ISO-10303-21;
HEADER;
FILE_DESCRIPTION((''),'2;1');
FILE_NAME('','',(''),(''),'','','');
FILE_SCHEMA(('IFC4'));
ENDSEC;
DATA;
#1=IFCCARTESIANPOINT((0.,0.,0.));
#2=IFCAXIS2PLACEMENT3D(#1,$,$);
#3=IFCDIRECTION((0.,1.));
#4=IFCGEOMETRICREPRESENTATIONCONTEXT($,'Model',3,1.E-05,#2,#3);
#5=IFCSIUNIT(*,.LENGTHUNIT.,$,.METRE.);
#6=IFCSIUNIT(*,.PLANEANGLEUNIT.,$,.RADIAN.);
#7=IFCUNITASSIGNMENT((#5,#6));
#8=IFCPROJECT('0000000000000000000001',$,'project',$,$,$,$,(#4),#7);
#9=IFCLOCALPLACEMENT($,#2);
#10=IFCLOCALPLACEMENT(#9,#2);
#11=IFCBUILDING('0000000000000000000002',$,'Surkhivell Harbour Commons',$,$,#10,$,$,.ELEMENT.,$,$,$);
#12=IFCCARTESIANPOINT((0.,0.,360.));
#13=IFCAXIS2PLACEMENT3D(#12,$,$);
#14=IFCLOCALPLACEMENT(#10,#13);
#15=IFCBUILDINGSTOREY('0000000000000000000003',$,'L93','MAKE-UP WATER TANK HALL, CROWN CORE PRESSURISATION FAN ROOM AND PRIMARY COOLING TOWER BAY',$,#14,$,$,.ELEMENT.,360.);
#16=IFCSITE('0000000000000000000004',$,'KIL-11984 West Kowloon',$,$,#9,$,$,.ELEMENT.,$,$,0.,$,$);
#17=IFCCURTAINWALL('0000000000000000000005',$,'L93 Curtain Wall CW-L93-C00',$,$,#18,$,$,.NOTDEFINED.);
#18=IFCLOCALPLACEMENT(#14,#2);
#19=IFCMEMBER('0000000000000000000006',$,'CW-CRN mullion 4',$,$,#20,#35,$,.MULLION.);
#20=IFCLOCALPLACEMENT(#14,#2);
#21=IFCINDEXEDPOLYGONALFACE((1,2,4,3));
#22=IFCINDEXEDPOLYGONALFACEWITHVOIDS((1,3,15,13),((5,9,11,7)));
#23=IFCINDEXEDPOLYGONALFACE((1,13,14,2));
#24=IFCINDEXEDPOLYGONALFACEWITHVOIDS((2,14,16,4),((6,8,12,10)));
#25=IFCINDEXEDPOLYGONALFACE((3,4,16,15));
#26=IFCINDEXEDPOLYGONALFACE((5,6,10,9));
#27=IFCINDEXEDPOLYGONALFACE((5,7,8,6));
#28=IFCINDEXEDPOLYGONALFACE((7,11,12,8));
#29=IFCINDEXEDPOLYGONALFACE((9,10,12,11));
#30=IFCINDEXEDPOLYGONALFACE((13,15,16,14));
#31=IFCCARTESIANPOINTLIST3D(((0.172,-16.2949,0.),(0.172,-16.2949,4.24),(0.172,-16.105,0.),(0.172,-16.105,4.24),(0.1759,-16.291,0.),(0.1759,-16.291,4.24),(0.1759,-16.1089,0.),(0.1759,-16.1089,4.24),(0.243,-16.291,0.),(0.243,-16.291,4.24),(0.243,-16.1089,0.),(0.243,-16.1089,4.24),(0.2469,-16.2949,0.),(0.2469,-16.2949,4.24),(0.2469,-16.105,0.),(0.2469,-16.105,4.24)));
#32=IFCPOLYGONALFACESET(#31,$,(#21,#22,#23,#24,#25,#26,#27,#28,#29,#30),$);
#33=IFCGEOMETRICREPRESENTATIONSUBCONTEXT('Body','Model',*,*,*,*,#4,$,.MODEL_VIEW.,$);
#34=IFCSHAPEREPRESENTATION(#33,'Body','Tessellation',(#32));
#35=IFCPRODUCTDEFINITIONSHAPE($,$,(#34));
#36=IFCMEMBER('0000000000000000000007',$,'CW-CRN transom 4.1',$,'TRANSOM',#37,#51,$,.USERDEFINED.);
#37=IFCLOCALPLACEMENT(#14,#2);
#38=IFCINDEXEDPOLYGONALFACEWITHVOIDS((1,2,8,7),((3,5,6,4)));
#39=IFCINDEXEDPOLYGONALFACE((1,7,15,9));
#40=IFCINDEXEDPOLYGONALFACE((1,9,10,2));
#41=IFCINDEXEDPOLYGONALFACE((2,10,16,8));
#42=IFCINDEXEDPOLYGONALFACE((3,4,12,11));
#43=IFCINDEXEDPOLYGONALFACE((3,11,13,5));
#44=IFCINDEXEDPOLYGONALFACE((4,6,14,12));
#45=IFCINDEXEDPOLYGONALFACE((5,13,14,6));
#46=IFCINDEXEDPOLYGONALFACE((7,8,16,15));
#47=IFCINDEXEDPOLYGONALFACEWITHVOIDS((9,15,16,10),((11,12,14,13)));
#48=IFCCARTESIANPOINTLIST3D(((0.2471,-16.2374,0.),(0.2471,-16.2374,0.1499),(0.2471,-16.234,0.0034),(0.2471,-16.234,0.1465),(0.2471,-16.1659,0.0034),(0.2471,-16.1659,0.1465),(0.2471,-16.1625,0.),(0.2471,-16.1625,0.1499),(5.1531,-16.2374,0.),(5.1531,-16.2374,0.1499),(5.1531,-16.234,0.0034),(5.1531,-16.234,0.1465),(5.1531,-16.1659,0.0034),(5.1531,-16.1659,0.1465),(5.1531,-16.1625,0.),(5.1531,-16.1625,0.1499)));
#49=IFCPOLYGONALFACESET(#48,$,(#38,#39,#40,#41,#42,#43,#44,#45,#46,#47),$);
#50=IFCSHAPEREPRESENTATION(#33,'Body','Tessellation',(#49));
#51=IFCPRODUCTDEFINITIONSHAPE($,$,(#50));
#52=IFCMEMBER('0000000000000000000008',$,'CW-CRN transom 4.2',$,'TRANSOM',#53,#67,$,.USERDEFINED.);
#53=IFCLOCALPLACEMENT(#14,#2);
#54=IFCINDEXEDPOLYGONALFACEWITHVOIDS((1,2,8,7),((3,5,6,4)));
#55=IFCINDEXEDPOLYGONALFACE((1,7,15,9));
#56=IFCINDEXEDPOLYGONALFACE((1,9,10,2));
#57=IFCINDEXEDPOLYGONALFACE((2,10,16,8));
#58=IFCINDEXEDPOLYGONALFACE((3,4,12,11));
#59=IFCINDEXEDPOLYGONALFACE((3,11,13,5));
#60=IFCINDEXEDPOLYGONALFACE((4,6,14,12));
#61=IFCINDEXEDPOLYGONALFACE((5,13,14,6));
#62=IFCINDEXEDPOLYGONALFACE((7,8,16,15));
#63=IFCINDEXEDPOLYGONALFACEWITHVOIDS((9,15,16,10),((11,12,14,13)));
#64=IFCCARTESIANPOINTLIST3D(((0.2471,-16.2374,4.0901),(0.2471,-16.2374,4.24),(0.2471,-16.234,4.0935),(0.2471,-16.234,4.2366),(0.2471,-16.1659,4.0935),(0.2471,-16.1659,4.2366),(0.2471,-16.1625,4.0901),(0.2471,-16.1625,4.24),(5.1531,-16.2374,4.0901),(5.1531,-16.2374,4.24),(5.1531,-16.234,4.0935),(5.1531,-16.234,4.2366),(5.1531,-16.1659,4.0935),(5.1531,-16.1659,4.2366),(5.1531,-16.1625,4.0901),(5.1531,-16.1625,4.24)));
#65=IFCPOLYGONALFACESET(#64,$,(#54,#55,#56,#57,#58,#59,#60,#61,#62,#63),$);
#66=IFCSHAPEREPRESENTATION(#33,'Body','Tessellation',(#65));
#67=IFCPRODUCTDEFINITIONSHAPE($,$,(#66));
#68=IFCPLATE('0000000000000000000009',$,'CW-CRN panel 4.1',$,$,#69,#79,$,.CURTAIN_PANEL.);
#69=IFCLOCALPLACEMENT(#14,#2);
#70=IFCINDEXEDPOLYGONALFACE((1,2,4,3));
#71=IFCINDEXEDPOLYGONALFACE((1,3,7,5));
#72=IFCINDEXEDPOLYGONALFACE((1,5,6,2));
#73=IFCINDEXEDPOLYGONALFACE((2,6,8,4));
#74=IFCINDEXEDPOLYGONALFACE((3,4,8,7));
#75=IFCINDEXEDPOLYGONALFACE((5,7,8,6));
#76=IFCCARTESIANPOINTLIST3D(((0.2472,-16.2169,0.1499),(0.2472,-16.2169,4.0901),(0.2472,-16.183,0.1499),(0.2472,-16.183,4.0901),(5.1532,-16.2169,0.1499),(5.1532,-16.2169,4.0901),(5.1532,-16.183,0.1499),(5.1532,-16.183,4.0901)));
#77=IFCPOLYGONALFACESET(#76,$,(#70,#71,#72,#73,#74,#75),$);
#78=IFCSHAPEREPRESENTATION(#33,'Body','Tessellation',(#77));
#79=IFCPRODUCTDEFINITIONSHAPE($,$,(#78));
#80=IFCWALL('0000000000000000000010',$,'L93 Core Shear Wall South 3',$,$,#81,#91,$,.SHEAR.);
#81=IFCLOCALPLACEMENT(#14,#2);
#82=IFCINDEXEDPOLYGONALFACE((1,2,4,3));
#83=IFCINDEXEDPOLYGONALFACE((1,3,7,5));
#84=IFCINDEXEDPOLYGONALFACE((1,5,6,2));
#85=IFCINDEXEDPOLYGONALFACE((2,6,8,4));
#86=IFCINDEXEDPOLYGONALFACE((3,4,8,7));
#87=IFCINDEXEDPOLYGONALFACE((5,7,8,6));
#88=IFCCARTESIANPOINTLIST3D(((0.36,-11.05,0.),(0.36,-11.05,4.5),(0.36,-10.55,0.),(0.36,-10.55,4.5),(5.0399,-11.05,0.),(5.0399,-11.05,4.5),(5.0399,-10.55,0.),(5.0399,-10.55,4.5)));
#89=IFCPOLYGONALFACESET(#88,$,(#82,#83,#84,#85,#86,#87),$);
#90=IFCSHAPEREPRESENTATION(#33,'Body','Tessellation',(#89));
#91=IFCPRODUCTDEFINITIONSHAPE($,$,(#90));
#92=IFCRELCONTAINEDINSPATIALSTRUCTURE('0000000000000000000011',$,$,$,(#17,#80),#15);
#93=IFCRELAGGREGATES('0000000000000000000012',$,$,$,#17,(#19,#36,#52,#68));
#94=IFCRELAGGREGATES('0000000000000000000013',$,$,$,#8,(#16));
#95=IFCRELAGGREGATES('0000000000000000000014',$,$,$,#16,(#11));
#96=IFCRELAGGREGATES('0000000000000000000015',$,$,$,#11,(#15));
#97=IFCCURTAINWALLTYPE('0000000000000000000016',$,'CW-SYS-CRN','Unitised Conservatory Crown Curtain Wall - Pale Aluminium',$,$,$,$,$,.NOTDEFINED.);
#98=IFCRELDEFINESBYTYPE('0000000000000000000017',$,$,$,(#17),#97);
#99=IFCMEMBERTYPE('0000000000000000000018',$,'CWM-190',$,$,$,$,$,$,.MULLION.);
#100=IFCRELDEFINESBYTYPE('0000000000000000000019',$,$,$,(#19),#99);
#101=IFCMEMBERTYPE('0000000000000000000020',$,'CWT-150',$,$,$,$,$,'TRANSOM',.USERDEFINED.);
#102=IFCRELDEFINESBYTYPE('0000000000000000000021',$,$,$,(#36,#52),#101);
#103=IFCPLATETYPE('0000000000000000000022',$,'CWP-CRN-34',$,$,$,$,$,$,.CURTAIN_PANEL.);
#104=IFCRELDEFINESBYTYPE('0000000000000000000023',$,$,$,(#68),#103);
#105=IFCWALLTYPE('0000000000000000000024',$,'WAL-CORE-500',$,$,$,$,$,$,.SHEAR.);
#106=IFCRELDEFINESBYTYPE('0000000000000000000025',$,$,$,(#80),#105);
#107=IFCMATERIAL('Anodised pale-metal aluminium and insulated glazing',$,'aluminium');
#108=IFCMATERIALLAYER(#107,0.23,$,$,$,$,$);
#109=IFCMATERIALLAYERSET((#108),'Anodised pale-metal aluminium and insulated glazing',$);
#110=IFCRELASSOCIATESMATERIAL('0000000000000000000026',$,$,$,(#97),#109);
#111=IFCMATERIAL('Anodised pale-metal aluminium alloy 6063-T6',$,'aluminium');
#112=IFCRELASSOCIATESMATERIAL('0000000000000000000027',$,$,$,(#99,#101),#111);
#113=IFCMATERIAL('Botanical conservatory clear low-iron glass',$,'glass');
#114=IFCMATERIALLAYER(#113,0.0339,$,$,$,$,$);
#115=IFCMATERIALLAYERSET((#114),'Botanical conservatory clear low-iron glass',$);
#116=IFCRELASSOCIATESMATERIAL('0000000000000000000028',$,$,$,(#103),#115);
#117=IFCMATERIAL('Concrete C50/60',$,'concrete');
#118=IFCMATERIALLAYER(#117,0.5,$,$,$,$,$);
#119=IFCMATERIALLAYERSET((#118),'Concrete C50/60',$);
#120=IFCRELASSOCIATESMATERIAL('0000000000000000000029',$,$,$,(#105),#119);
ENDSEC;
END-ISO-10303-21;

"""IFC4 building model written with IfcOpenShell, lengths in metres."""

from ifc_helpers import new_model, si_unit, direction, frame, frame_2d, origin, origin_2d, place, context, subcontext, project, spatial, rectangle, hollow_rectangle, extrude, material, layer, layer_set, material_profile, profile_set, type_object, element, aggregate, save


model = new_model("IFC4")

# Units and contexts
model_context = context("Model", 3, precision=1e-05, world=origin(), true_north=direction((0.0, 1.0)))
body_context = subcontext(model_context, "Body", "Model", "MODEL_VIEW")
ifc_project = project(units=[si_unit("LENGTHUNIT", "METRE"), si_unit("PLANEANGLEUNIT", "RADIAN")], contexts=[model_context])

# Site, building, storey
site_placement = place(None, origin())
site = spatial("IfcSite", under=ifc_project, at=site_placement, Name="KIL-11984 West Kowloon", CompositionType="ELEMENT", RefElevation=0.0)
building_placement = place(site_placement, origin())
building = spatial("IfcBuilding", under=site, at=building_placement, Name="Surkhivell Harbour Commons", CompositionType="ELEMENT")
storey_placement = place(building_placement, frame((0.0, 0.0, 360.0)))
storey = spatial("IfcBuildingStorey", under=building, at=storey_placement, Name="L93", Description="MAKE-UP WATER TANK HALL, CROWN CORE PRESSURISATION FAN ROOM AND PRIMARY COOLING TOWER BAY", CompositionType="ELEMENT", Elevation=360.0)

# Shared definitions
ifc_material_1 = material(Name="Concrete C50/60", Category="concrete")

# Curtain wall, members, plate
ifc_material_2 = material(Name="Anodised pale-metal aluminium and insulated glazing", Category="aluminium")
ifc_layer_1 = layer(ifc_material_2, 0.23)
ifc_layer_set_1 = layer_set([ifc_layer_1], Name="Anodised pale-metal aluminium and insulated glazing")
curtain_wall_type = type_object("IfcCurtainWallType", Name="CW-SYS-CRN", Description="Unitised Conservatory Crown Curtain Wall - Pale Aluminium", PredefinedType="NOTDEFINED", material=ifc_layer_set_1)
curtain_wall_placement = place(storey_placement, origin())
curtain_wall = element("IfcCurtainWall", 1, at=curtain_wall_placement, inside=storey, type_object=curtain_wall_type, Name="L93 Curtain Wall CW-L93-C00", PredefinedType="NOTDEFINED")
ifc_material_3 = material(Name="Anodised pale-metal aluminium alloy 6063-T6", Category="aluminium")
ifc_material_profile_1 = material_profile(ifc_material_3, hollow_rectangle(XDim=0.075, YDim=0.1899, WallThickness=0.0039, at=origin_2d()), Name="ALU-MULL-75x190")
ifc_profile_set_1 = profile_set([ifc_material_profile_1], Name="Anodised pale-metal aluminium alloy 6063-T6")
member_type_1 = type_object("IfcMemberType", Name="CWM-190", PredefinedType="MULLION", material=ifc_profile_set_1)
member_1_placement = place(storey_placement, frame((0.2095, -16.2, 0.0), z_axis=(0.0, 0.0, 1.0), x_axis=(1.0, 0.0, 0.0)))
member_1 = element("IfcMember", 2, at=member_1_placement, type_object=member_type_1, Name="CW-CRN mullion 4", PredefinedType="MULLION", context=body_context, shape_type="SweptSolid", body=[
    extrude(hollow_rectangle(XDim=0.075, YDim=0.1899, WallThickness=0.0039, at=origin_2d()), origin(), (0.0, 0.0, 1.0), 4.24),
])
ifc_material_profile_2 = material_profile(ifc_material_3, hollow_rectangle(XDim=0.075, YDim=0.1499, WallThickness=0.0034, at=origin_2d()), Name="ALU-TRAN-75x150")
ifc_profile_set_2 = profile_set([ifc_material_profile_2], Name="Anodised pale-metal aluminium alloy 6063-T6")
member_type_2 = type_object("IfcMemberType", Name="CWT-150", ElementType="TRANSOM", PredefinedType="USERDEFINED", material=ifc_profile_set_2)
member_2_placement = place(storey_placement, frame((0.2471, -16.2, 0.075), z_axis=(1.0, 0.0, 0.0), x_axis=(0.0, 1.0, 0.0)))
member_2 = element("IfcMember", 3, at=member_2_placement, type_object=member_type_2, Name="CW-CRN transom 4.1", ObjectType="TRANSOM", PredefinedType="USERDEFINED", context=body_context, shape_type="SweptSolid", body=[
    extrude(hollow_rectangle(XDim=0.075, YDim=0.1499, WallThickness=0.0034, at=origin_2d()), origin(), (0.0, 0.0, 1.0), 4.906),
])
member_3_placement = place(storey_placement, frame((0.2471, -16.2, 4.165), z_axis=(1.0, 0.0, 0.0), x_axis=(0.0, 1.0, 0.0)))
member_3 = element("IfcMember", 4, at=member_3_placement, type_object=member_type_2, Name="CW-CRN transom 4.2", ObjectType="TRANSOM", PredefinedType="USERDEFINED", context=body_context, shape_type="SweptSolid", body=[
    extrude(hollow_rectangle(XDim=0.075, YDim=0.1499, WallThickness=0.0034, at=origin_2d()), origin(), (0.0, 0.0, 1.0), 4.906),
])
ifc_material_4 = material(Name="Botanical conservatory clear low-iron glass", Category="glass")
ifc_layer_2 = layer(ifc_material_4, 0.0339)
ifc_layer_set_2 = layer_set([ifc_layer_2], Name="Botanical conservatory clear low-iron glass")
plate_type = type_object("IfcPlateType", Name="CWP-CRN-34", PredefinedType="CURTAIN_PANEL", material=ifc_layer_set_2)
plate_placement = place(storey_placement, frame((0.2471, -16.2, 0.1499), z_axis=(0.0, 0.0, 1.0), x_axis=(1.0, 0.0, 0.0)))
plate = element("IfcPlate", 5, at=plate_placement, type_object=plate_type, Name="CW-CRN panel 4.1", PredefinedType="CURTAIN_PANEL", context=body_context, shape_type="SweptSolid", body=[
    extrude(rectangle(XDim=4.906, YDim=0.0339, at=frame_2d((2.4531, 0.0))), origin(), (0.0, 0.0, 1.0), 3.9402),
])
aggregate(curtain_wall, [member_1, member_2, member_3, plate])

# Wall
ifc_layer_3 = layer(ifc_material_1, 0.5)
ifc_layer_set_3 = layer_set([ifc_layer_3], Name="Concrete C50/60")
wall_type = type_object("IfcWallType", Name="WAL-CORE-500", PredefinedType="SHEAR", material=ifc_layer_set_3)
wall_placement = place(storey_placement, frame((0.3601, -10.8, 0.0), z_axis=(0.0, 0.0, 1.0), x_axis=(1.0, 0.0, 0.0)))
element("IfcWall", 6, at=wall_placement, inside=storey, type_object=wall_type, Name="L93 Core Shear Wall South 3", PredefinedType="SHEAR", context=body_context, shape_type="SweptSolid", body=[
    extrude(rectangle(XDim=4.6799, YDim=0.5, at=frame_2d((2.3398, 0.0))), origin(), (0.0, 0.0, 1.0), 4.5),
])

save(model, "model.ifc")
